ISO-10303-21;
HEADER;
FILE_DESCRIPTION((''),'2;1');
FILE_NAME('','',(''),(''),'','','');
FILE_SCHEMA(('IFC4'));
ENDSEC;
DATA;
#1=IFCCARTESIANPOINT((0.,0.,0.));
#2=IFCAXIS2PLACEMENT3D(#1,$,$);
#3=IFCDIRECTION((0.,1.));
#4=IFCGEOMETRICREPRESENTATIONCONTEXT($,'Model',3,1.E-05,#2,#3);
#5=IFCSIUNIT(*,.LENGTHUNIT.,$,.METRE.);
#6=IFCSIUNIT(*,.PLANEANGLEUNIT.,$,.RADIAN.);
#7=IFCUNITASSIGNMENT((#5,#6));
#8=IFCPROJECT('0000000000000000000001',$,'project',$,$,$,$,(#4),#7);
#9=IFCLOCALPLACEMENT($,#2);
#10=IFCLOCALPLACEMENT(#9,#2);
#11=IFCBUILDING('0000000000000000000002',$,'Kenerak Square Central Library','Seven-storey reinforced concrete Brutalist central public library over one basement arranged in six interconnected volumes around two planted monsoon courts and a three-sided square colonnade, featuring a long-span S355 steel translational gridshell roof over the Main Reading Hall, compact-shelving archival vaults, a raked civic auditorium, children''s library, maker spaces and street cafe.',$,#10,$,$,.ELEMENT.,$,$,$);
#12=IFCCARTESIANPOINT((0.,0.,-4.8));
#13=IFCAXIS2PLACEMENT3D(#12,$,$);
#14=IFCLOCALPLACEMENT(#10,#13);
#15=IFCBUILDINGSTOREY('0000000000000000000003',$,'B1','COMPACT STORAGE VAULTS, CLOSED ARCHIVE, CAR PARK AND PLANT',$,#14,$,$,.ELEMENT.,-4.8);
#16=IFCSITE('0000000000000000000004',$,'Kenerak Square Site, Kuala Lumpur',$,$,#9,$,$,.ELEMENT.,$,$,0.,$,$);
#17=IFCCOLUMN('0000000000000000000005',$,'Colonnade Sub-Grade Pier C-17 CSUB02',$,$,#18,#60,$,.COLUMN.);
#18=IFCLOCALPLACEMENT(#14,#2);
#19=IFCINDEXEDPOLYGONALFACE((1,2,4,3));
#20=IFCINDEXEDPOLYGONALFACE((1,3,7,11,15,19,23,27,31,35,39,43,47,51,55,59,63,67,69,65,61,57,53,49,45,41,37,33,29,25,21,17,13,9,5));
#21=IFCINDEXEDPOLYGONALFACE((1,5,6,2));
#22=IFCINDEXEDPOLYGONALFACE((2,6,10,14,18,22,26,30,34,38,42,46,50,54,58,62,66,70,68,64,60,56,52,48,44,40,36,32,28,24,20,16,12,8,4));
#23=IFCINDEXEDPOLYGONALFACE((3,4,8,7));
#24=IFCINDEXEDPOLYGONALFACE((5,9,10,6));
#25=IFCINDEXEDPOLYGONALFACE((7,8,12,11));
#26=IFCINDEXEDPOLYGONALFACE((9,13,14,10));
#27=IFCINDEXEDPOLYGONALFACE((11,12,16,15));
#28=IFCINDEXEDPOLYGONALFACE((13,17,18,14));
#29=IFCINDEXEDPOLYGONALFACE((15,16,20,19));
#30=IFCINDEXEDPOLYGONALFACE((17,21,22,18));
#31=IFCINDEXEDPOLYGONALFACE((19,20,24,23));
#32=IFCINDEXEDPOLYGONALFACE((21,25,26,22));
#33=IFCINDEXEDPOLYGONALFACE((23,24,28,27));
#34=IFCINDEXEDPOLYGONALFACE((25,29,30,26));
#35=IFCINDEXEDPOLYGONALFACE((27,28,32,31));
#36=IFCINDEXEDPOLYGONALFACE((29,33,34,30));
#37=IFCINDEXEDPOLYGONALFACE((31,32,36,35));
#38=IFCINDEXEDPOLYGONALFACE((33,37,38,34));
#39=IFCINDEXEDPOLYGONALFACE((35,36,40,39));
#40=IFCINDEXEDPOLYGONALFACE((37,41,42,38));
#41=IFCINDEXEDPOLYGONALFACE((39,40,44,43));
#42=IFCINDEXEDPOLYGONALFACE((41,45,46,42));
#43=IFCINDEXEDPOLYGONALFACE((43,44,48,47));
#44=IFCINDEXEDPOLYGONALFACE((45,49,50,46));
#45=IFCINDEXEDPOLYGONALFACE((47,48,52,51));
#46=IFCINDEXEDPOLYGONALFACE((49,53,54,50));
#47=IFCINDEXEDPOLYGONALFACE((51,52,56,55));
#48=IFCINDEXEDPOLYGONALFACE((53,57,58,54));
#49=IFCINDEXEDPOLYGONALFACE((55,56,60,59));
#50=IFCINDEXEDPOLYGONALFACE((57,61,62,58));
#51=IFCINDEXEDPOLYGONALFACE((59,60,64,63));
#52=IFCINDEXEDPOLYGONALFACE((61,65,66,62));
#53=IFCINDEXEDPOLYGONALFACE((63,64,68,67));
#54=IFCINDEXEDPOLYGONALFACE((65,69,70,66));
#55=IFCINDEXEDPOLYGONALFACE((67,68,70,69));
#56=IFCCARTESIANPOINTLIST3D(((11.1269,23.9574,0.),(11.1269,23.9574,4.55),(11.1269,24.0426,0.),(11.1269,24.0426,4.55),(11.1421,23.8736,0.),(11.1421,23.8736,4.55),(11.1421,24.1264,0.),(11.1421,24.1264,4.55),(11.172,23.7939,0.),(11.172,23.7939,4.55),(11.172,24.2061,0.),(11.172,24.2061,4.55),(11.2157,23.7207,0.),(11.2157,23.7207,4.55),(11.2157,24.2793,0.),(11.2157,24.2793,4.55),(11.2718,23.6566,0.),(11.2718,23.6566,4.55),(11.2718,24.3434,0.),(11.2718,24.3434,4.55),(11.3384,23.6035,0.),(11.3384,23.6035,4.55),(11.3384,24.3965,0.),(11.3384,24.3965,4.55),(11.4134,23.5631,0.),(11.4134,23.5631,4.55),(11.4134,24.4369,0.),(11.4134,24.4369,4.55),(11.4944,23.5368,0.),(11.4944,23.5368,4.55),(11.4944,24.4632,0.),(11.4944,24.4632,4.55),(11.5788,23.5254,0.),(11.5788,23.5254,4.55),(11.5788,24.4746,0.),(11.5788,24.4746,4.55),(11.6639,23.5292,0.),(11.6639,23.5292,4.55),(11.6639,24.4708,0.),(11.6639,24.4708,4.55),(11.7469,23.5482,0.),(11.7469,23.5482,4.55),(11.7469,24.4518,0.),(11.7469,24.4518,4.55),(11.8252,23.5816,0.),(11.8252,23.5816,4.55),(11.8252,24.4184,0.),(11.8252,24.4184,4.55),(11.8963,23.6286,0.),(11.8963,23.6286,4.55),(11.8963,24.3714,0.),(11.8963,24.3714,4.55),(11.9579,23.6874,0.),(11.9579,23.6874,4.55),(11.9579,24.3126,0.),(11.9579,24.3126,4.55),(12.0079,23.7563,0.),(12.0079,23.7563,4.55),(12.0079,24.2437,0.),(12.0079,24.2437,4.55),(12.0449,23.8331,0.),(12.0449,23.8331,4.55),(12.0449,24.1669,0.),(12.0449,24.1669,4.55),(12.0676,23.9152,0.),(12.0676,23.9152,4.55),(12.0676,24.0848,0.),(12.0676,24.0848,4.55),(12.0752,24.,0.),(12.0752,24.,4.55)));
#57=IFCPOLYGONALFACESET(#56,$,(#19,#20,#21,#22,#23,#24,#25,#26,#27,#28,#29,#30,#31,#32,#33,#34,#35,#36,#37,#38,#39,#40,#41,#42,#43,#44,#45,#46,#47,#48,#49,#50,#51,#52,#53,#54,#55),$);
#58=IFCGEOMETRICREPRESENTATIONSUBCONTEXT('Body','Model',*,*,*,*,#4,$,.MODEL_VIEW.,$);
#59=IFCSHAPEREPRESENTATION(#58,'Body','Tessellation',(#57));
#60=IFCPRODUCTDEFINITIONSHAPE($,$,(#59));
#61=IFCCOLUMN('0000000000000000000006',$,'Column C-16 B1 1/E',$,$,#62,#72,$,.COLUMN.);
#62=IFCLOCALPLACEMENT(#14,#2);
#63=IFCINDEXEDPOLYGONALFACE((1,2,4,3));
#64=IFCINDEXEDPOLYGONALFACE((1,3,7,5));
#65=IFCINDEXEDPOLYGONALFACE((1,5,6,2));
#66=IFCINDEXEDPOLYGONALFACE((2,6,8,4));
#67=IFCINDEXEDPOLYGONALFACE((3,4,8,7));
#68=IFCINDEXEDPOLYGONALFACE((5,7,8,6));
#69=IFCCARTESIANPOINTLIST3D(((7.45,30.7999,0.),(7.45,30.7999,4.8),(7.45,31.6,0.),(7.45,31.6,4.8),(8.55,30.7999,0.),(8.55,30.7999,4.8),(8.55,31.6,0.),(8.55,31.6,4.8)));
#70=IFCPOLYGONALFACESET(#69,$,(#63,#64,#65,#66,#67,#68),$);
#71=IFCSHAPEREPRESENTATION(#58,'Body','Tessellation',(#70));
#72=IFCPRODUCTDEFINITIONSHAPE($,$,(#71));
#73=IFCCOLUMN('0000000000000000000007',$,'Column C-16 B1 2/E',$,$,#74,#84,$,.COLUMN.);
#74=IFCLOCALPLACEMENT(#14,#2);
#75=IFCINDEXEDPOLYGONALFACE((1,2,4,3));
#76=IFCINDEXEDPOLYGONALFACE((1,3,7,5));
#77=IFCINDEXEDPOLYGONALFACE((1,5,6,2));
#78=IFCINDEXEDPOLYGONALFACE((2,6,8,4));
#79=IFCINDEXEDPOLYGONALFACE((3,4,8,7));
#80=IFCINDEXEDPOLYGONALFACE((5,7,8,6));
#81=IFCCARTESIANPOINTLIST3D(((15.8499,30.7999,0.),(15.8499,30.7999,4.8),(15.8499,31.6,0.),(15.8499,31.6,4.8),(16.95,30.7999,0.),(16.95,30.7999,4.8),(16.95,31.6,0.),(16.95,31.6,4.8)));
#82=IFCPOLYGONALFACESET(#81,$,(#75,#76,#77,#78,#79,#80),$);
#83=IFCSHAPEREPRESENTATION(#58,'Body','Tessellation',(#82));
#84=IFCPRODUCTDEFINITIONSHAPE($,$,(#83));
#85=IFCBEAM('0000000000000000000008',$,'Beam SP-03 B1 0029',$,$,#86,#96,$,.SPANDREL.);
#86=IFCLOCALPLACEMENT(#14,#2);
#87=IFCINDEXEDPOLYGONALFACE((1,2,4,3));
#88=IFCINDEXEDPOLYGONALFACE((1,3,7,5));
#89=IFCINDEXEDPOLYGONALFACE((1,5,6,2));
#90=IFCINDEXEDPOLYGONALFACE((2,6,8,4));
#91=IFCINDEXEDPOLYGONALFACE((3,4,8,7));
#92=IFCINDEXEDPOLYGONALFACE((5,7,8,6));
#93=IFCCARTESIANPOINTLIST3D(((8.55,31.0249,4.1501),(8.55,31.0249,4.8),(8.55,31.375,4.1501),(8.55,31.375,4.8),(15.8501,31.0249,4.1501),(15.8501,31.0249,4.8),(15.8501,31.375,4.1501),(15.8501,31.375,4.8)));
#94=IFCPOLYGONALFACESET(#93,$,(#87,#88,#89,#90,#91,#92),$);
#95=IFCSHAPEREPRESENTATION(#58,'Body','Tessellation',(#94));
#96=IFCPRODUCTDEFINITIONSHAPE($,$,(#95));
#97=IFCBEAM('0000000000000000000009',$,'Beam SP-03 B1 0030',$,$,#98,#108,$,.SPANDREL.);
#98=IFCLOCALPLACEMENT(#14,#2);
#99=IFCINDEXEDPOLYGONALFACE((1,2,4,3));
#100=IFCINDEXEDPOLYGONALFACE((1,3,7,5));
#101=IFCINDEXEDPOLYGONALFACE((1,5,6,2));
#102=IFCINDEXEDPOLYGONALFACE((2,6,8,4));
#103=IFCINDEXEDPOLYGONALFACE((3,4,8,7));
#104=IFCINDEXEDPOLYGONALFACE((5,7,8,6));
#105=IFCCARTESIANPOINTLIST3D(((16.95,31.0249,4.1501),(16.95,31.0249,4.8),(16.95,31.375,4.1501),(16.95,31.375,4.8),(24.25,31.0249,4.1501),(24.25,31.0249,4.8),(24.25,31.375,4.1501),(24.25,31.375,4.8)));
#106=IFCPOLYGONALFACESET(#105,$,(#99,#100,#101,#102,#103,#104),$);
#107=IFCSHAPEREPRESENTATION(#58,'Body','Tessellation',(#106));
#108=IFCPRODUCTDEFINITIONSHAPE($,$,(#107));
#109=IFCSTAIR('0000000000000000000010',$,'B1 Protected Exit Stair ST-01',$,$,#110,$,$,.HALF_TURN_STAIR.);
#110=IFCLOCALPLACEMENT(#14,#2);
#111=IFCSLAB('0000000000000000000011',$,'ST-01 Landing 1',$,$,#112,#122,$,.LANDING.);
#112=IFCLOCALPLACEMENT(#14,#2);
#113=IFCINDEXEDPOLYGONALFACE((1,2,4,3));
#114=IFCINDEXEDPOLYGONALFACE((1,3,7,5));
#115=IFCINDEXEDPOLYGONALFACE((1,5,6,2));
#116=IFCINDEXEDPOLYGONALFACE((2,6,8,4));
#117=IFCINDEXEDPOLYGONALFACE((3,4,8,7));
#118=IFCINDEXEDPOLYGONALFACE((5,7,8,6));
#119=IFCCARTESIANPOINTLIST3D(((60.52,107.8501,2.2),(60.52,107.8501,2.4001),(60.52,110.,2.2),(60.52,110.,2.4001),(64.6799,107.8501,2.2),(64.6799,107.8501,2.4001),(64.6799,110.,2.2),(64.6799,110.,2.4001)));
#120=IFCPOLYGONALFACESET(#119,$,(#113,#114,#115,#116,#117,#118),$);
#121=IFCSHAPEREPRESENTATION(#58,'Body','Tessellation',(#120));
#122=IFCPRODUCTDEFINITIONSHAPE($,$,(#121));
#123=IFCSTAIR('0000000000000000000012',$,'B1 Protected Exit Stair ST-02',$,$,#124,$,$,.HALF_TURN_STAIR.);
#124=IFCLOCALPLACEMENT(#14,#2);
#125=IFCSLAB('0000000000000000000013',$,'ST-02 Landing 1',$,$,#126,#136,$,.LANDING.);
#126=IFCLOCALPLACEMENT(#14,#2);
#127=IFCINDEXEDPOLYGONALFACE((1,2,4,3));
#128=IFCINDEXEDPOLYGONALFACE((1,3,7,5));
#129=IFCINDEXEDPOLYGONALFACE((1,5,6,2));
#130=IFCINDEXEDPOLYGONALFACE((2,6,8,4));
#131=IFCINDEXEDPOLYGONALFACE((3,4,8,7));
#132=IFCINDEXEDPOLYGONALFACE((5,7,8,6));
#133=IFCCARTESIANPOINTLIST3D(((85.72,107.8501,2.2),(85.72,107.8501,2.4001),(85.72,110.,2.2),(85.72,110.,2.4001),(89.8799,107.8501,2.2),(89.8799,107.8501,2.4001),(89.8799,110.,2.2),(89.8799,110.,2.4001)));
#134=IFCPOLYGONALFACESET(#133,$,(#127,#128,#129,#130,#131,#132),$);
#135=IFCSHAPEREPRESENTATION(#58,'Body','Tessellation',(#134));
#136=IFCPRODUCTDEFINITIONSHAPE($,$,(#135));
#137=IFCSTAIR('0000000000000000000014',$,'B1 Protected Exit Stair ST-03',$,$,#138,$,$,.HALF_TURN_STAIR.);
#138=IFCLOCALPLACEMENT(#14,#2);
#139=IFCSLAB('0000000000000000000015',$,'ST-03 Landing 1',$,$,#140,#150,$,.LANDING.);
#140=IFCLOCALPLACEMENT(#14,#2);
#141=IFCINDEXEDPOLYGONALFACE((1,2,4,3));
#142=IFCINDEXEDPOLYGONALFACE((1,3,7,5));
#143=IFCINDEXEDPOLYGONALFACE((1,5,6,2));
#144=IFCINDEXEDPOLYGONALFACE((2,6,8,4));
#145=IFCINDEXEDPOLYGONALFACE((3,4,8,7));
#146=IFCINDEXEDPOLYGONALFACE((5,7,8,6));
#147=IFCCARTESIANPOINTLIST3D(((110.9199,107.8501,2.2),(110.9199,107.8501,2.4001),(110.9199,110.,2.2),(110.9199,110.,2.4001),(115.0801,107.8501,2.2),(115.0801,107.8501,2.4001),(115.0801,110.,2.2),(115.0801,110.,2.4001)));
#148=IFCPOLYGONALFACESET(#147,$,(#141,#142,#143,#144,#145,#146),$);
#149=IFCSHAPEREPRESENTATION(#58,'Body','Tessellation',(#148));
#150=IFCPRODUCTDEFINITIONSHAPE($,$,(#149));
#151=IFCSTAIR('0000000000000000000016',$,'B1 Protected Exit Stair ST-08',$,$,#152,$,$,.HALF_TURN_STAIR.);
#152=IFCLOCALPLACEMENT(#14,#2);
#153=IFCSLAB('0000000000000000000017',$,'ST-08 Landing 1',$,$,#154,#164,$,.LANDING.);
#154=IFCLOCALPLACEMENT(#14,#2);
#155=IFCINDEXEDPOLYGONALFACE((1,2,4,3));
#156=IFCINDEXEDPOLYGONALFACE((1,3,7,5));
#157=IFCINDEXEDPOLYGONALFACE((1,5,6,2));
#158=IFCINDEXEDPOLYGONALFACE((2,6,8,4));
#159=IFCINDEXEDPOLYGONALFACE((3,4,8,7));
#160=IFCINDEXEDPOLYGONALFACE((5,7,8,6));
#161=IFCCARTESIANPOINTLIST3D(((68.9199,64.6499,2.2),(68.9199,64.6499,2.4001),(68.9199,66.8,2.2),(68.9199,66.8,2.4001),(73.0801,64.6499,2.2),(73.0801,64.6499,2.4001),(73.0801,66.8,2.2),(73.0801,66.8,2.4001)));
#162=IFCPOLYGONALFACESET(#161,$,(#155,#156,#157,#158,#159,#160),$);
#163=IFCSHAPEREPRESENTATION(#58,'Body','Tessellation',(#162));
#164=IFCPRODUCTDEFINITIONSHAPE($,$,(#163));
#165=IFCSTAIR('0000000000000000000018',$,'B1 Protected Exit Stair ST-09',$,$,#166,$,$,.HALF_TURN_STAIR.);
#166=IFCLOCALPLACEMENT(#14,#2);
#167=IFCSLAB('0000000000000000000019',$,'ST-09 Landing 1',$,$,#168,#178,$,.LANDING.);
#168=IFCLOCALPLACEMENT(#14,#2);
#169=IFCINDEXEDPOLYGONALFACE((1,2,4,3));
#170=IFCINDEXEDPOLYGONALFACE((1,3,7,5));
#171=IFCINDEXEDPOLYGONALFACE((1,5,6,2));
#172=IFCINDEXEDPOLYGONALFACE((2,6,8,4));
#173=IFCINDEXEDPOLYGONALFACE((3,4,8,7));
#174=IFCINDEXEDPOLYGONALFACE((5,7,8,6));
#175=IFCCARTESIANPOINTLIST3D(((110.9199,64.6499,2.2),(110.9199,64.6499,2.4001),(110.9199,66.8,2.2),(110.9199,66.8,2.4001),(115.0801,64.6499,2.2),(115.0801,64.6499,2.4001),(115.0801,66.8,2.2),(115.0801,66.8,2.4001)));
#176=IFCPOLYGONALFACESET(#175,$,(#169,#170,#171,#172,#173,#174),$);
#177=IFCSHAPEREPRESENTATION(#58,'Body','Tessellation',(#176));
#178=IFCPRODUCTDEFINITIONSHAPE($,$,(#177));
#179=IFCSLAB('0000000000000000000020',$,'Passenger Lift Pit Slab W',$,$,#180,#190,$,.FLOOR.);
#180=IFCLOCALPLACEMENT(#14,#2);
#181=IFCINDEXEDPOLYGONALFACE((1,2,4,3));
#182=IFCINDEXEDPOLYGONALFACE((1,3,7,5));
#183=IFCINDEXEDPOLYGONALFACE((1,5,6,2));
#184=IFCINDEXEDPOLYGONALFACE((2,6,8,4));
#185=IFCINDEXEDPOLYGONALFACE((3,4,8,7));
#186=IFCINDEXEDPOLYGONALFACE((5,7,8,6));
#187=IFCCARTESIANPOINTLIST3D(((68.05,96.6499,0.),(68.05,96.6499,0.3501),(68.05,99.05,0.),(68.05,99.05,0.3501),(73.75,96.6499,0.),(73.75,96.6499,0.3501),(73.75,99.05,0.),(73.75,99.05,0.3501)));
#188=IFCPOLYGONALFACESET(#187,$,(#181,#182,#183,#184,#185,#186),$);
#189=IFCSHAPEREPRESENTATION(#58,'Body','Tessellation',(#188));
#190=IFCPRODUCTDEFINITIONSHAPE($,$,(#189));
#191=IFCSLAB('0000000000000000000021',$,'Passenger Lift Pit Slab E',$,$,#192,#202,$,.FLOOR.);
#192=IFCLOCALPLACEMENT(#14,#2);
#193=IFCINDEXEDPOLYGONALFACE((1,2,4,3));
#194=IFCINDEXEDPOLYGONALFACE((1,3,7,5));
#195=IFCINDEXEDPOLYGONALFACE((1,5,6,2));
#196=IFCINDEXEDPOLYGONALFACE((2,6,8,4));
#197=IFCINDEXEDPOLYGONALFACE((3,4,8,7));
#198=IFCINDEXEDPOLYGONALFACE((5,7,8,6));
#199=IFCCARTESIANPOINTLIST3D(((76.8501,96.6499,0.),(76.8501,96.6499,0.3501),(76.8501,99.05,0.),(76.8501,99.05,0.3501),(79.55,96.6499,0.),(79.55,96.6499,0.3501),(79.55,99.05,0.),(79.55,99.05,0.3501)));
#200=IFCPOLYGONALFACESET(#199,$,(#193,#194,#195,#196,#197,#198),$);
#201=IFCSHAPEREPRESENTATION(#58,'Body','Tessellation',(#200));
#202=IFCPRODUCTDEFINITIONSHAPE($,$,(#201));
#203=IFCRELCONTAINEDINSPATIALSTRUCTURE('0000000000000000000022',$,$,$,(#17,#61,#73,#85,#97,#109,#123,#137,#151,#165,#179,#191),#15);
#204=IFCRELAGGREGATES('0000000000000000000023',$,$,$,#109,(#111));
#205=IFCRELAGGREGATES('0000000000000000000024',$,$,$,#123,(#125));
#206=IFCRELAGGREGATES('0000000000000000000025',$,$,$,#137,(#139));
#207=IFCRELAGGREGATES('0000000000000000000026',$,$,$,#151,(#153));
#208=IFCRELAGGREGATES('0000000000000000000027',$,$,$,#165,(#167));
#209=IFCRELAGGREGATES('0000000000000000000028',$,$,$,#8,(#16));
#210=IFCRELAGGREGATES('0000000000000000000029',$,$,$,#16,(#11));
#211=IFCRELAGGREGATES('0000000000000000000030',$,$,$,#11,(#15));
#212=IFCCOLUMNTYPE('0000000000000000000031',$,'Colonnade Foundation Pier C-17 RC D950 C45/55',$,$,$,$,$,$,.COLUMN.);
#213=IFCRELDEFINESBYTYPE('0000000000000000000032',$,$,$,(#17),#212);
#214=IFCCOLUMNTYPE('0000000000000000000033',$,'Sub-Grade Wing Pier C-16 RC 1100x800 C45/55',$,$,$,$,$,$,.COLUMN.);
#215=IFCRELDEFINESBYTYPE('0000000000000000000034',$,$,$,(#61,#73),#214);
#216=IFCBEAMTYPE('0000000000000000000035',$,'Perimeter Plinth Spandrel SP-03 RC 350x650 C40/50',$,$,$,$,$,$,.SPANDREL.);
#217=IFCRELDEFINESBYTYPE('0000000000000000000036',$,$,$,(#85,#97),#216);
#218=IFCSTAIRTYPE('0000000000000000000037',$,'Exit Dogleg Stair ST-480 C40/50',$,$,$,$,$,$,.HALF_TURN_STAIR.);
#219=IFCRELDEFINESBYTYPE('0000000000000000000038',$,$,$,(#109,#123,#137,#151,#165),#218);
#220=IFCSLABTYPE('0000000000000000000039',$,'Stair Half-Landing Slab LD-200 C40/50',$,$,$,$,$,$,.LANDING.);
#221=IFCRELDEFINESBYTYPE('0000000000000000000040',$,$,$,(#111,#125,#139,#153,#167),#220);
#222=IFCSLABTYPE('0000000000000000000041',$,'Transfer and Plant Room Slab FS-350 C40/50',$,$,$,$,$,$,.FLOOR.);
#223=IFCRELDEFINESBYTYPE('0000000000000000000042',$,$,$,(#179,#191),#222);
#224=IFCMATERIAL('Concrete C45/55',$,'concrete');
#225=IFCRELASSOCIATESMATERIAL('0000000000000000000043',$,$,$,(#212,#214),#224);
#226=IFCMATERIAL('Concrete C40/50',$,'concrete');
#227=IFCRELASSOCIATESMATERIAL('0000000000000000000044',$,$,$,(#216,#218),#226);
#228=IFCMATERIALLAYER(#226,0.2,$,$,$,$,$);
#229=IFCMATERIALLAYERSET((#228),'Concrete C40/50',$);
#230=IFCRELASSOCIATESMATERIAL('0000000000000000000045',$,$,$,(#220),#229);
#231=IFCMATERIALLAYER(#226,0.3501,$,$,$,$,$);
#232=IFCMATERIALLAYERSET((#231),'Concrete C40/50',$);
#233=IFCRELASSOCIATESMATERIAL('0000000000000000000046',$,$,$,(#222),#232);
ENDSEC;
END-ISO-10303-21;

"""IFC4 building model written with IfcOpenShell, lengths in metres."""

from ifc_helpers import new_model, si_unit, direction, frame, origin, origin_2d, place, context, subcontext, project, spatial, polyline, rectangle, circle, outline, extrude, material, layer, layer_set, material_profile, profile_set, type_object, element, aggregate, save


model = new_model("IFC4")

# Units and contexts
model_context = context("Model", 3, precision=1e-05, world=origin(), true_north=direction((0.0, 1.0)))
body_context = subcontext(model_context, "Body", "Model", "MODEL_VIEW")
ifc_project = project(units=[si_unit("LENGTHUNIT", "METRE"), si_unit("PLANEANGLEUNIT", "RADIAN")], contexts=[model_context])

# Site, building, storey
site_placement = place(None, origin())
site = spatial("IfcSite", under=ifc_project, at=site_placement, Name="Kenerak Square Site, Kuala Lumpur", CompositionType="ELEMENT", RefElevation=0.0)
building_placement = place(site_placement, origin())
building = spatial("IfcBuilding", under=site, at=building_placement, Name="Kenerak Square Central Library", Description="Seven-storey reinforced concrete Brutalist central public library over one basement arranged in six interconnected volumes around two planted monsoon courts and a three-sided square colonnade, featuring a long-span S355 steel translational gridshell roof over the Main Reading Hall, compact-shelving archival vaults, a raked civic auditorium, children's library, maker spaces and street cafe.", CompositionType="ELEMENT")
storey_placement = place(building_placement, frame((0.0, 0.0, -4.8)))
storey = spatial("IfcBuildingStorey", under=building, at=storey_placement, Name="B1", Description="COMPACT STORAGE VAULTS, CLOSED ARCHIVE, CAR PARK AND PLANT", CompositionType="ELEMENT", Elevation=-4.8)

# Shared definitions
ifc_material_1 = material(Name="Concrete C40/50", Category="concrete")

# Columns
ifc_material_2 = material(Name="Concrete C45/55", Category="concrete")
ifc_material_profile_1 = material_profile(ifc_material_2, circle(Radius=0.4751, at=origin_2d()), Name="RC D950")
ifc_profile_set_1 = profile_set([ifc_material_profile_1], Name="Concrete C45/55")
column_type_1 = type_object("IfcColumnType", Name="Colonnade Foundation Pier C-17 RC D950 C45/55", PredefinedType="COLUMN", material=ifc_profile_set_1)
for number, where, z_axis, x_axis, name in (
    (1, (11.6001, 24.0, 0.0), (0.0, 0.0, 1.0), (1.0, 0.0, 0.0), "Colonnade Sub-Grade Pier C-17 CSUB02"),
):
    element("IfcColumn", number, at=place(storey_placement, frame(where, z_axis=z_axis, x_axis=x_axis)), inside=storey, type_object=column_type_1, Name=name, PredefinedType="COLUMN", context=body_context, shape_type="SweptSolid", body=[
        extrude(circle(Radius=0.4751, at=origin_2d()), origin(), (0.0, 0.0, 1.0), 4.55),
    ])
ifc_material_profile_2 = material_profile(ifc_material_2, rectangle(XDim=1.1001, YDim=0.8, at=origin_2d()), Name="RC 1100x800")
ifc_profile_set_2 = profile_set([ifc_material_profile_2], Name="Concrete C45/55")
column_type_2 = type_object("IfcColumnType", Name="Sub-Grade Wing Pier C-16 RC 1100x800 C45/55", PredefinedType="COLUMN", material=ifc_profile_set_2)
for number, where, z_axis, x_axis, name in (
    (2, (8.0, 31.2, 0.0), (0.0, 0.0, 1.0), (1.0, 0.0, 0.0), "Column C-16 B1 1/E"),
    (3, (16.3999, 31.2, 0.0), (0.0, 0.0, 1.0), (1.0, 0.0, 0.0), "Column C-16 B1 2/E"),
):
    element("IfcColumn", number, at=place(storey_placement, frame(where, z_axis=z_axis, x_axis=x_axis)), inside=storey, type_object=column_type_2, Name=name, PredefinedType="COLUMN", context=body_context, shape_type="SweptSolid", body=[
        extrude(rectangle(XDim=1.1001, YDim=0.8, at=origin_2d()), origin(), (0.0, 0.0, 1.0), 4.8),
    ])

# Beams
ifc_material_profile_3 = material_profile(ifc_material_1, rectangle(XDim=0.3501, YDim=0.6499, at=origin_2d()), Name="RC 350x650")
ifc_profile_set_3 = profile_set([ifc_material_profile_3], Name="Concrete C40/50")
beam_type = type_object("IfcBeamType", Name="Perimeter Plinth Spandrel SP-03 RC 350x650 C40/50", PredefinedType="SPANDREL", material=ifc_profile_set_3)
for number, where, z_axis, x_axis, name in (
    (4, (8.55, 31.2, 4.4751), (1.0, 0.0, 0.0), (0.0, 1.0, 0.0), "Beam SP-03 B1 0029"),
    (5, (16.95, 31.2, 4.4751), (1.0, 0.0, 0.0), (0.0, 1.0, 0.0), "Beam SP-03 B1 0030"),
):
    element("IfcBeam", number, at=place(storey_placement, frame(where, z_axis=z_axis, x_axis=x_axis)), inside=storey, type_object=beam_type, Name=name, PredefinedType="SPANDREL", context=body_context, shape_type="SweptSolid", body=[
        extrude(rectangle(XDim=0.3501, YDim=0.6499, at=origin_2d()), origin(), (0.0, 0.0, 1.0), 7.3),
    ])

# Stairs, slabs
stair_type = type_object("IfcStairType", Name="Exit Dogleg Stair ST-480 C40/50", PredefinedType="HALF_TURN_STAIR", material=ifc_material_1)
stair_1_placement = place(storey_placement, origin())
stair_1 = element("IfcStair", 6, at=stair_1_placement, inside=storey, type_object=stair_type, Name="B1 Protected Exit Stair ST-01", PredefinedType="HALF_TURN_STAIR")
ifc_layer_1 = layer(ifc_material_1, 0.2)
ifc_layer_set_1 = layer_set([ifc_layer_1], Name="Concrete C40/50")
slab_type_1 = type_object("IfcSlabType", Name="Stair Half-Landing Slab LD-200 C40/50", PredefinedType="LANDING", material=ifc_layer_set_1)
slab_1_placement = place(storey_placement, frame((0.0, 0.0, 2.2)))
slab_1 = element("IfcSlab", 7, at=slab_1_placement, type_object=slab_type_1, Name="ST-01 Landing 1", PredefinedType="LANDING", context=body_context, shape_type="SweptSolid", body=[
    extrude(outline(polyline([(64.6799, 107.8501), (64.6799, 110.0), (60.52, 110.0), (60.52, 107.8501), (64.6799, 107.8501)])), origin(), (0.0, 0.0, 1.0), 0.2002),
])
aggregate(stair_1, [slab_1])
stair_2_placement = place(storey_placement, origin())
stair_2 = element("IfcStair", 8, at=stair_2_placement, inside=storey, type_object=stair_type, Name="B1 Protected Exit Stair ST-02", PredefinedType="HALF_TURN_STAIR")
slab_2_placement = place(storey_placement, frame((0.0, 0.0, 2.2)))
slab_2 = element("IfcSlab", 9, at=slab_2_placement, type_object=slab_type_1, Name="ST-02 Landing 1", PredefinedType="LANDING", context=body_context, shape_type="SweptSolid", body=[
    extrude(outline(polyline([(89.8799, 107.8501), (89.8799, 110.0), (85.72, 110.0), (85.72, 107.8501), (89.8799, 107.8501)])), origin(), (0.0, 0.0, 1.0), 0.2002),
])
aggregate(stair_2, [slab_2])
stair_3_placement = place(storey_placement, origin())
stair_3 = element("IfcStair", 10, at=stair_3_placement, inside=storey, type_object=stair_type, Name="B1 Protected Exit Stair ST-03", PredefinedType="HALF_TURN_STAIR")
slab_3_placement = place(storey_placement, frame((0.0, 0.0, 2.2)))
slab_3 = element("IfcSlab", 11, at=slab_3_placement, type_object=slab_type_1, Name="ST-03 Landing 1", PredefinedType="LANDING", context=body_context, shape_type="SweptSolid", body=[
    extrude(outline(polyline([(115.0801, 107.8501), (115.0801, 110.0), (110.9199, 110.0), (110.9199, 107.8501), (115.0801, 107.8501)])), origin(), (0.0, 0.0, 1.0), 0.2002),
])
aggregate(stair_3, [slab_3])
stair_4_placement = place(storey_placement, origin())
stair_4 = element("IfcStair", 12, at=stair_4_placement, inside=storey, type_object=stair_type, Name="B1 Protected Exit Stair ST-08", PredefinedType="HALF_TURN_STAIR")
slab_4_placement = place(storey_placement, frame((0.0, 0.0, 2.2)))
slab_4 = element("IfcSlab", 13, at=slab_4_placement, type_object=slab_type_1, Name="ST-08 Landing 1", PredefinedType="LANDING", context=body_context, shape_type="SweptSolid", body=[
    extrude(outline(polyline([(73.0801, 64.6499), (73.0801, 66.8), (68.9199, 66.8), (68.9199, 64.6499), (73.0801, 64.6499)])), origin(), (0.0, 0.0, 1.0), 0.2002),
])
aggregate(stair_4, [slab_4])
stair_5_placement = place(storey_placement, origin())
stair_5 = element("IfcStair", 14, at=stair_5_placement, inside=storey, type_object=stair_type, Name="B1 Protected Exit Stair ST-09", PredefinedType="HALF_TURN_STAIR")
slab_5_placement = place(storey_placement, frame((0.0, 0.0, 2.2)))
slab_5 = element("IfcSlab", 15, at=slab_5_placement, type_object=slab_type_1, Name="ST-09 Landing 1", PredefinedType="LANDING", context=body_context, shape_type="SweptSolid", body=[
    extrude(outline(polyline([(115.0801, 64.6499), (115.0801, 66.8), (110.9199, 66.8), (110.9199, 64.6499), (115.0801, 64.6499)])), origin(), (0.0, 0.0, 1.0), 0.2002),
])
aggregate(stair_5, [slab_5])

# Slabs
ifc_layer_2 = layer(ifc_material_1, 0.3501)
ifc_layer_set_2 = layer_set([ifc_layer_2], Name="Concrete C40/50")
slab_type_2 = type_object("IfcSlabType", Name="Transfer and Plant Room Slab FS-350 C40/50", PredefinedType="FLOOR", material=ifc_layer_set_2)
slab_6_placement = place(storey_placement, origin())
element("IfcSlab", 16, at=slab_6_placement, inside=storey, type_object=slab_type_2, Name="Passenger Lift Pit Slab W", PredefinedType="FLOOR", context=body_context, shape_type="SweptSolid", body=[
    extrude(outline(polyline([(68.05, 96.6499), (73.75, 96.6499), (73.75, 99.05), (68.05, 99.05), (68.05, 96.6499)])), origin(), (0.0, 0.0, 1.0), 0.3501),
])
slab_7_placement = place(storey_placement, origin())
element("IfcSlab", 17, at=slab_7_placement, inside=storey, type_object=slab_type_2, Name="Passenger Lift Pit Slab E", PredefinedType="FLOOR", context=body_context, shape_type="SweptSolid", body=[
    extrude(outline(polyline([(76.8501, 96.6499), (79.55, 96.6499), (79.55, 99.05), (76.8501, 99.05), (76.8501, 96.6499)])), origin(), (0.0, 0.0, 1.0), 0.3501),
])

save(model, "model.ifc")
